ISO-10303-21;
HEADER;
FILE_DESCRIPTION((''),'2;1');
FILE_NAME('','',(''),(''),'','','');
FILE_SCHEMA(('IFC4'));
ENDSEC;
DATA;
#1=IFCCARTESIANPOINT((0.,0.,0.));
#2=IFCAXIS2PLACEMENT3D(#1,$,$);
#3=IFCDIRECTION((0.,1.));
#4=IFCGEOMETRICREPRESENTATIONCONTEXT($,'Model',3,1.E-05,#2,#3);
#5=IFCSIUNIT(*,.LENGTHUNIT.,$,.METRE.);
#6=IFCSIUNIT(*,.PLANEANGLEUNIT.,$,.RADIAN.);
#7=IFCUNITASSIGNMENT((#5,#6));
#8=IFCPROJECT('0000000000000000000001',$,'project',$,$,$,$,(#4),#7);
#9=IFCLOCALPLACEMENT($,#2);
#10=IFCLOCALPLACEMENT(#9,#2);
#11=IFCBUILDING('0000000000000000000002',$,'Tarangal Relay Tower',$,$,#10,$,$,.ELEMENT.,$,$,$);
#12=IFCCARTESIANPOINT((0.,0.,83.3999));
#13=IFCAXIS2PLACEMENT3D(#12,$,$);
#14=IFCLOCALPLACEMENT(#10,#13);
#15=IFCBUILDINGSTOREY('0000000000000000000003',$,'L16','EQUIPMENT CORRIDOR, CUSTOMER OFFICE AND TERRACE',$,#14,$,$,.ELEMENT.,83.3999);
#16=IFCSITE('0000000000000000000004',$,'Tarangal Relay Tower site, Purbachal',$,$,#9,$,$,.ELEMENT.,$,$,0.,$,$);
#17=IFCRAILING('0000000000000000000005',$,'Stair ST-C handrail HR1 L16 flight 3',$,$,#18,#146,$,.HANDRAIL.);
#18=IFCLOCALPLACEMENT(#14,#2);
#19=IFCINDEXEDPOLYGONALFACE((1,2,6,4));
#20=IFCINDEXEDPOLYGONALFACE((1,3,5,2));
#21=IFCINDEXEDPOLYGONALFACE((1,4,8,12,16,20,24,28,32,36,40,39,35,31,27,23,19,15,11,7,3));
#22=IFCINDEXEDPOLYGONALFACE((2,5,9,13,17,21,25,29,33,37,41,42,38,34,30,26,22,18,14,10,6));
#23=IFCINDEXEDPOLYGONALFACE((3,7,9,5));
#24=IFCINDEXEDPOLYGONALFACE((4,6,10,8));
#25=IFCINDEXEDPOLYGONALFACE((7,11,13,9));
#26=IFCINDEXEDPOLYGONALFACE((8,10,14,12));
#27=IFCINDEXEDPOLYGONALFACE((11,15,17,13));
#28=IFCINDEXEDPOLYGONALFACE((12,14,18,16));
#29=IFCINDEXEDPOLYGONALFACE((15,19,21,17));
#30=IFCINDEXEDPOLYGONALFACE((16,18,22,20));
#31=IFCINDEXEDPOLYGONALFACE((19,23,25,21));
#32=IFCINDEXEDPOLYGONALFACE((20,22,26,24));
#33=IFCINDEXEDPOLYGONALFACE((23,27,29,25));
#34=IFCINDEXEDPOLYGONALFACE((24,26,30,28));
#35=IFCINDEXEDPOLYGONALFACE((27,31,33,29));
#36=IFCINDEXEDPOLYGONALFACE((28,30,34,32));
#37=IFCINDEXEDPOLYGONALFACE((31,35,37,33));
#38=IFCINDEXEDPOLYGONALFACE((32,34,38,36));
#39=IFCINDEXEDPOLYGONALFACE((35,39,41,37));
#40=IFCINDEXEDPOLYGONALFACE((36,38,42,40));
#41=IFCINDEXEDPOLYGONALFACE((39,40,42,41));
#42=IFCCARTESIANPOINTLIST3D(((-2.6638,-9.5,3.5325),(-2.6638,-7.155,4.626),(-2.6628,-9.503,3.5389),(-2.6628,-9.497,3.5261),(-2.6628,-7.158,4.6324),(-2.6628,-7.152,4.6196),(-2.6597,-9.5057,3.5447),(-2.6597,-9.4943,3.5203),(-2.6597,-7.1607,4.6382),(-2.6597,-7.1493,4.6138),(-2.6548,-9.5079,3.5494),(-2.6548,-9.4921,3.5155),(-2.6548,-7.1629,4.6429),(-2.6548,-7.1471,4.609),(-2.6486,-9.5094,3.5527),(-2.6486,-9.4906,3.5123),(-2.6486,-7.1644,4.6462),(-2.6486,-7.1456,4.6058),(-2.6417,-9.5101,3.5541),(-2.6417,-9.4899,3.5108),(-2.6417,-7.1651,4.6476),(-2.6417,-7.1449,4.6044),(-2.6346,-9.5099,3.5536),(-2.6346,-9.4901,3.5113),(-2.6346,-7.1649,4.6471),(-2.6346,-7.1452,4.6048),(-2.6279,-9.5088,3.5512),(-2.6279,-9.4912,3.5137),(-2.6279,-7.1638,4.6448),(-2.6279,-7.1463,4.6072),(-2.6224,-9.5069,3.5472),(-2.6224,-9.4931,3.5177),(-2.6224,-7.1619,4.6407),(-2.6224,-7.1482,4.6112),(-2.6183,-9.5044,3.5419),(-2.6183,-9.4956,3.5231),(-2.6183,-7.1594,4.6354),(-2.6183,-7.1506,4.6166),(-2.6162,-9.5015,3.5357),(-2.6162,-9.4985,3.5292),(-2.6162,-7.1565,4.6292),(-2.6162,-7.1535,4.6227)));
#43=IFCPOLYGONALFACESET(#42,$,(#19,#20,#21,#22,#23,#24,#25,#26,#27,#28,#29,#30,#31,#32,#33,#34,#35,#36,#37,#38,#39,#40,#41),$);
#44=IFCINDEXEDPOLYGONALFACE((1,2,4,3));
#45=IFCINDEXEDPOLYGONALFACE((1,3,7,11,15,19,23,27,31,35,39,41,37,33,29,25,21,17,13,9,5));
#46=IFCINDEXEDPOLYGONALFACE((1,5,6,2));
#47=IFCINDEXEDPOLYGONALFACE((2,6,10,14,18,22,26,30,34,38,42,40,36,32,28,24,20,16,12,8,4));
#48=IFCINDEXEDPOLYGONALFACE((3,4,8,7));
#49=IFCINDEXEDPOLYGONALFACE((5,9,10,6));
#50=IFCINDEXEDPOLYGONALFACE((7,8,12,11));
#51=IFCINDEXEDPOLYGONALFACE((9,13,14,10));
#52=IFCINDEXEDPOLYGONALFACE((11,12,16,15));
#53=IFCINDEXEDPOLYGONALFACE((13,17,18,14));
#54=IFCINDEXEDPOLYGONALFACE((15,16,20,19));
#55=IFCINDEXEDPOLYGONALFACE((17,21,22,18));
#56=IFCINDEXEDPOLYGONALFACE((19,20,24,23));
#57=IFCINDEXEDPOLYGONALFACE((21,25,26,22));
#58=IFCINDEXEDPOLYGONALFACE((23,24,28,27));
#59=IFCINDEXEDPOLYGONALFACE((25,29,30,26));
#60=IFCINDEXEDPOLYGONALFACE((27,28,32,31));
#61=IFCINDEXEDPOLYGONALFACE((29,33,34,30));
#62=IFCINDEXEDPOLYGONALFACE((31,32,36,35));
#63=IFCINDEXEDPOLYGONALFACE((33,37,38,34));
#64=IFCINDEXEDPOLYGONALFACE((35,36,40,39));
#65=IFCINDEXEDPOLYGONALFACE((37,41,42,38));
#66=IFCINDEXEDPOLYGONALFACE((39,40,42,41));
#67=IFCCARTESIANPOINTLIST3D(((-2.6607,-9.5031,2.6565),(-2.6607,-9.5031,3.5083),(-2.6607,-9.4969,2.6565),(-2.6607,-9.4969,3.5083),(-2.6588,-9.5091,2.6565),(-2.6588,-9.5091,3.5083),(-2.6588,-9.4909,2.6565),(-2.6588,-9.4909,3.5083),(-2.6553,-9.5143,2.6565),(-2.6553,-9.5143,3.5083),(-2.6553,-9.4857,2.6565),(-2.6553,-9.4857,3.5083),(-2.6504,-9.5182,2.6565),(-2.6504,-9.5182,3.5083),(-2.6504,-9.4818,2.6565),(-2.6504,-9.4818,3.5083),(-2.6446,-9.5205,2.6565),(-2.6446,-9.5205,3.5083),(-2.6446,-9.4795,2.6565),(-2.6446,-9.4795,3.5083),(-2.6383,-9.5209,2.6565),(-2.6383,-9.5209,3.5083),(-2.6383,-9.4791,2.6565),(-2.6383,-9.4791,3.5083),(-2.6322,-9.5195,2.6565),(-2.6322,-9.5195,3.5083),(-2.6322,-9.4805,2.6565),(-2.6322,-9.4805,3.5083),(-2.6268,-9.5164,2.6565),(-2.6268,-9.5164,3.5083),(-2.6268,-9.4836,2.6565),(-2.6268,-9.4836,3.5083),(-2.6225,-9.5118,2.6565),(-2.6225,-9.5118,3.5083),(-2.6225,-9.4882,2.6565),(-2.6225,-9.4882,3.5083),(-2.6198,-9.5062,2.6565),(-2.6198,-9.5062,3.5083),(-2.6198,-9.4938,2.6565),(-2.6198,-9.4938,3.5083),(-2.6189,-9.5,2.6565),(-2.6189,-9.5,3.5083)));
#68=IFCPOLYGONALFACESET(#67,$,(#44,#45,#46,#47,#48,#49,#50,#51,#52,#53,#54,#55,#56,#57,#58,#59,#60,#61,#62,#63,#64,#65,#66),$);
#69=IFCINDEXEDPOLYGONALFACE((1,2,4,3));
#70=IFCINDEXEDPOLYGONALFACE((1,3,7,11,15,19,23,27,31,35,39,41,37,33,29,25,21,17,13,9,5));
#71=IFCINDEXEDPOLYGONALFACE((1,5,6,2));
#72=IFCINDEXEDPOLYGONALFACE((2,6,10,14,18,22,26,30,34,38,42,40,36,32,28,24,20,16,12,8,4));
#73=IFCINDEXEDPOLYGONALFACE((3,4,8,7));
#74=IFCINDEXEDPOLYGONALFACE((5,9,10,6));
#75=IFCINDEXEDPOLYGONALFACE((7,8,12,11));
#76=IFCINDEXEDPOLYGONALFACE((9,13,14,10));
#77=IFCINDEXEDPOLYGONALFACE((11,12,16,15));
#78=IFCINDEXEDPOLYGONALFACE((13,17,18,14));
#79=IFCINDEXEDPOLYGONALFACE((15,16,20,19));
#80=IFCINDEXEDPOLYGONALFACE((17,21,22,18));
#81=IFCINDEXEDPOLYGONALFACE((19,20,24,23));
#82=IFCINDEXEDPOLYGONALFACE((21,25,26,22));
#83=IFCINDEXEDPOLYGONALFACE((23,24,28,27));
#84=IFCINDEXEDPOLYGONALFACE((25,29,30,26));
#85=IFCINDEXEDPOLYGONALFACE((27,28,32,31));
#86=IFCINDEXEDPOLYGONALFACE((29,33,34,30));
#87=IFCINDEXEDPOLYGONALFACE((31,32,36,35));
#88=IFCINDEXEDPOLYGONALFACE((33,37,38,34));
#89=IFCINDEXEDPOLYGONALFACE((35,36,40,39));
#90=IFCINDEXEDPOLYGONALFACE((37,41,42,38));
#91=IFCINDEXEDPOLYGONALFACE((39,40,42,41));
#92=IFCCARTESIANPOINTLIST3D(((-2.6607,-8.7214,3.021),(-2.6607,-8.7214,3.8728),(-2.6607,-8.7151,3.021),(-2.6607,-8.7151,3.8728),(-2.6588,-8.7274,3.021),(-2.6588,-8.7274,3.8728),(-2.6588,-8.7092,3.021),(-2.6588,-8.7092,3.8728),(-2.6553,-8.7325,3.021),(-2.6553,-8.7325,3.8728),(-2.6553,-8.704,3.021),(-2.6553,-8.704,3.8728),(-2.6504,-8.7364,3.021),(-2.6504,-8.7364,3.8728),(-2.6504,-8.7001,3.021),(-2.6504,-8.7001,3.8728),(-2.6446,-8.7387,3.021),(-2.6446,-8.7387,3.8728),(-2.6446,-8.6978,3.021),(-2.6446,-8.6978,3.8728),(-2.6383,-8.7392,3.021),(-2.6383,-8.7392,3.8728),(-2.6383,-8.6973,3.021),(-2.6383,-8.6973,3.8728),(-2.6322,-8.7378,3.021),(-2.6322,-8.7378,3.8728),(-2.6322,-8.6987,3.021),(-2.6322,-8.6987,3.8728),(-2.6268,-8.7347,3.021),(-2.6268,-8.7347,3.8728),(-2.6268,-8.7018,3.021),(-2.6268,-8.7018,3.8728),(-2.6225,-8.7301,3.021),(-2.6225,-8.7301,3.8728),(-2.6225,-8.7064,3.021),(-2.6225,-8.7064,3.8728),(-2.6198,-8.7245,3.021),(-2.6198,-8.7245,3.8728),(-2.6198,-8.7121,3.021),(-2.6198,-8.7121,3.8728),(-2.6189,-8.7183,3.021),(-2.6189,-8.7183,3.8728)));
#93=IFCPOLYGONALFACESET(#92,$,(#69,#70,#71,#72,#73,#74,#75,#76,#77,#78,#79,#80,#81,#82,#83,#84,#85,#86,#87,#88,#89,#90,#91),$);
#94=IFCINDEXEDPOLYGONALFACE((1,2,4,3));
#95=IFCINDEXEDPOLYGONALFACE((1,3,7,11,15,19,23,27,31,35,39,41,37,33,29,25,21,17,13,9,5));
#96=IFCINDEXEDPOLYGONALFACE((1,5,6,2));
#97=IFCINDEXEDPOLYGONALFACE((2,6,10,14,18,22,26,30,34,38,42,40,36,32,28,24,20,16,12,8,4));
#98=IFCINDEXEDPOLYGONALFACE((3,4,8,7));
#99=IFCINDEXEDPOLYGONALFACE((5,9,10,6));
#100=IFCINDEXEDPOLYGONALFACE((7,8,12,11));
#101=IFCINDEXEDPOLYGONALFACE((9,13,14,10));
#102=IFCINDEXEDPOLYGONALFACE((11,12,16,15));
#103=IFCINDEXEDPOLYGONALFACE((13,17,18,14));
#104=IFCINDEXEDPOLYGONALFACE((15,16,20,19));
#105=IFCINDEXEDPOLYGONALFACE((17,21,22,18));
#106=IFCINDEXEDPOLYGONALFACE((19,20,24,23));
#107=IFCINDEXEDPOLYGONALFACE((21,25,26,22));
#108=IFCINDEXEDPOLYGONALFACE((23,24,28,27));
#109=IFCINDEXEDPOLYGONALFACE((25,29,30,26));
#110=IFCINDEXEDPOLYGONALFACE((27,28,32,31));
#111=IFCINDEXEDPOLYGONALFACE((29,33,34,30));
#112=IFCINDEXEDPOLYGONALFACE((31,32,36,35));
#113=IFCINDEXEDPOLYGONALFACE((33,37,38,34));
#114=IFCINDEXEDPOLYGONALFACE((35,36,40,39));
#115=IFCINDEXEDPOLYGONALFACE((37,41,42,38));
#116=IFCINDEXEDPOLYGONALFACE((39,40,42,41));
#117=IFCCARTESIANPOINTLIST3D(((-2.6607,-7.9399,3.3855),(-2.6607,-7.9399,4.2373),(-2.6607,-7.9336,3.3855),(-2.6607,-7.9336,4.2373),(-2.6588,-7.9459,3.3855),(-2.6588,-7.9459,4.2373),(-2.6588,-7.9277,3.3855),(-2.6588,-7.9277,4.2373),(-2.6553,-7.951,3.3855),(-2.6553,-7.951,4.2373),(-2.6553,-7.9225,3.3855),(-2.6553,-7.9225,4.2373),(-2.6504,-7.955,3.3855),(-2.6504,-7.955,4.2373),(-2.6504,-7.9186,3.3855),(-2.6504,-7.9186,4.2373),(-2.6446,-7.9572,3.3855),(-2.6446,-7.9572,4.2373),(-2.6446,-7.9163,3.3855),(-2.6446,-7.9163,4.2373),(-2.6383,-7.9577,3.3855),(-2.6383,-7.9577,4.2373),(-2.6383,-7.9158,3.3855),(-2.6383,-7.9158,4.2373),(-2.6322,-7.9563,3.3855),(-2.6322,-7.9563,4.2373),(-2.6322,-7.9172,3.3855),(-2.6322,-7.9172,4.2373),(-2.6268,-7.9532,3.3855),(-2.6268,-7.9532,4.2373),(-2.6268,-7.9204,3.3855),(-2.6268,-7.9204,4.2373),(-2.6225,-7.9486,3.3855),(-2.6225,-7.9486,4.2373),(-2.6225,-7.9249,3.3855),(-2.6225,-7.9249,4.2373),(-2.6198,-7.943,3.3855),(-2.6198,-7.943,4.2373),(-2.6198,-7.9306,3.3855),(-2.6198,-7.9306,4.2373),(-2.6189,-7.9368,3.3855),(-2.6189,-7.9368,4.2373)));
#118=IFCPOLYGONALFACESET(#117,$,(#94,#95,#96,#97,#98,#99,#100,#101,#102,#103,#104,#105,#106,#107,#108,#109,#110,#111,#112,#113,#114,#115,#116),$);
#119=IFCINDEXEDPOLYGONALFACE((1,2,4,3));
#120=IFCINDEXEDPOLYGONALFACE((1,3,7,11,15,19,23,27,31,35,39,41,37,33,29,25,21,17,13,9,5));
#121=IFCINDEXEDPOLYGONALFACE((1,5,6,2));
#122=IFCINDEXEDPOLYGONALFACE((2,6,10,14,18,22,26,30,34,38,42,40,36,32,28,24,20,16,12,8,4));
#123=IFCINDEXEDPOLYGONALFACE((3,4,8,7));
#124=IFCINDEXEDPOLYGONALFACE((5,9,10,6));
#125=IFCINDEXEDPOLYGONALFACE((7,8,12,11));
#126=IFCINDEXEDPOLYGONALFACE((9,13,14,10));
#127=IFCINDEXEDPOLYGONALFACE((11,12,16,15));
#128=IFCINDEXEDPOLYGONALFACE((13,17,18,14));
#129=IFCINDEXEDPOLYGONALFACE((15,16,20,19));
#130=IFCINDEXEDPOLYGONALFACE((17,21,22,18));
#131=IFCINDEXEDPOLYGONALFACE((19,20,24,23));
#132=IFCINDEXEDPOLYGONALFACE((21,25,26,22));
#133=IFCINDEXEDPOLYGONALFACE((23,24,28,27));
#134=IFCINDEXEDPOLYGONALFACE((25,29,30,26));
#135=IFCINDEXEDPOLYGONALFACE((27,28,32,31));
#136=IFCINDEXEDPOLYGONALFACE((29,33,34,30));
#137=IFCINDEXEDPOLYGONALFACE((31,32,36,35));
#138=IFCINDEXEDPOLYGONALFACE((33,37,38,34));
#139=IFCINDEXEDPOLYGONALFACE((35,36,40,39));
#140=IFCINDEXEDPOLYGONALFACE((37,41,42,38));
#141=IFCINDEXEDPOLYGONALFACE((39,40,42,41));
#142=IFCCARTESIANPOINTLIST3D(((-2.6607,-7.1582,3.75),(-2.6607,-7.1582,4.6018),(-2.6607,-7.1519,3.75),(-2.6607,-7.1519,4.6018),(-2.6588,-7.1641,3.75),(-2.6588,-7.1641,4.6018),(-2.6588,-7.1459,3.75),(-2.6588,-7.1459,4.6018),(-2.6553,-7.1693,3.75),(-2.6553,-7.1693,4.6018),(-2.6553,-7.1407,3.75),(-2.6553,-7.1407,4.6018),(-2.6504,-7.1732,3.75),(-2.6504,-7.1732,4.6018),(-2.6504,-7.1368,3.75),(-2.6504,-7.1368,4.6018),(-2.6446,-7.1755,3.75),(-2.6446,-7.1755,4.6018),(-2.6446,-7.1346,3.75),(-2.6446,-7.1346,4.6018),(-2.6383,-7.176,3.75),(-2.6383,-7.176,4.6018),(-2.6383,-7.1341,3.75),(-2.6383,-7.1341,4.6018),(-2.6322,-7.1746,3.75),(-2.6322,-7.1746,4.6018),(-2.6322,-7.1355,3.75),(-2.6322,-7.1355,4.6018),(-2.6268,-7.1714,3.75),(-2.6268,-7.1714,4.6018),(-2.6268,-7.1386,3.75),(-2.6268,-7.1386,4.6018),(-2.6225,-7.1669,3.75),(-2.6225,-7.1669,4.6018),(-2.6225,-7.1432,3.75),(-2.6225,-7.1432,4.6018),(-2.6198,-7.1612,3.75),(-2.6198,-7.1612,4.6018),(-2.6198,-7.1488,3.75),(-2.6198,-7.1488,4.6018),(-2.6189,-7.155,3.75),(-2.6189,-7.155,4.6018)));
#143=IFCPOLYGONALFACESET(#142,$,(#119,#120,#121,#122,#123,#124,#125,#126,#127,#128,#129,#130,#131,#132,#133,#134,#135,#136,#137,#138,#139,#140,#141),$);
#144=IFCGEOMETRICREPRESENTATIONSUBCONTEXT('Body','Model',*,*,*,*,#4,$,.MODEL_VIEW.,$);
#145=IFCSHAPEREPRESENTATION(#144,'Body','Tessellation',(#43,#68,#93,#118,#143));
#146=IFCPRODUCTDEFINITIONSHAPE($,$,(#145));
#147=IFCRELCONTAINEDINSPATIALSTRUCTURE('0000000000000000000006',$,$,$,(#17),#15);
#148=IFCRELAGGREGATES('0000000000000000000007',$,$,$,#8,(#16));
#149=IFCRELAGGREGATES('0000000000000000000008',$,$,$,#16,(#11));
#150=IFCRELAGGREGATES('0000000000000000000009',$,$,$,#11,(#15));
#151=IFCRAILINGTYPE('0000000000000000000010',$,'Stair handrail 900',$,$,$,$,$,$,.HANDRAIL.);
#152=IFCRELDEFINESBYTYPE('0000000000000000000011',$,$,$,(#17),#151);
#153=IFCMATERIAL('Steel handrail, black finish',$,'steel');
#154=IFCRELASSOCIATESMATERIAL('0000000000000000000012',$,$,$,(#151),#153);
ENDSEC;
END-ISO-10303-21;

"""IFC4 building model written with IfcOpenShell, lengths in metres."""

from ifc_helpers import new_model, si_unit, direction, frame, origin, origin_2d, place, context, subcontext, project, spatial, circle, extrude, material, type_object, element, save


model = new_model("IFC4")

# Units and contexts
model_context = context("Model", 3, precision=1e-05, world=origin(), true_north=direction((0.0, 1.0)))
body_context = subcontext(model_context, "Body", "Model", "MODEL_VIEW")
ifc_project = project(units=[si_unit("LENGTHUNIT", "METRE"), si_unit("PLANEANGLEUNIT", "RADIAN")], contexts=[model_context])

# Site, building, storey
site_placement = place(None, origin())
site = spatial("IfcSite", under=ifc_project, at=site_placement, Name="Tarangal Relay Tower site, Purbachal", CompositionType="ELEMENT", RefElevation=0.0)
building_placement = place(site_placement, origin())
building = spatial("IfcBuilding", under=site, at=building_placement, Name="Tarangal Relay Tower", CompositionType="ELEMENT")
storey_placement = place(building_placement, frame((0.0, 0.0, 83.3999)))
storey = spatial("IfcBuildingStorey", under=building, at=storey_placement, Name="L16", Description="EQUIPMENT CORRIDOR, CUSTOMER OFFICE AND TERRACE", CompositionType="ELEMENT", Elevation=83.3999)

# Railing
ifc_material_1 = material(Name="Steel handrail, black finish", Category="steel")
railing_type_1 = type_object("IfcRailingType", Name="Stair handrail 900", PredefinedType="HANDRAIL", material=ifc_material_1)
for number, where, name in (
    (1, (-2.6399, -9.5, 2.6565), "Stair ST-C handrail HR1 L16 flight 3"),
):
    element("IfcRailing", number, at=place(storey_placement, frame(where)), inside=storey, type_object=railing_type_1, Name=name, PredefinedType="HANDRAIL", context=body_context, shape_type="SweptSolid", body=[
        extrude(circle(Radius=0.0239, at=origin_2d()), frame((0.0, 0.0, 0.876), z_axis=(0.0, 0.906304, 0.422627), x_axis=(-1.0, 0.0, 0.0)), (0.0, 0.0, 1.0), 2.5874),
        extrude(circle(Radius=0.021, at=origin_2d()), origin(), (0.0, 0.0, 1.0), 0.8518),
        extrude(circle(Radius=0.021, at=origin_2d()), frame((0.0, 0.7817, 0.3645)), (0.0, 0.0, 1.0), 0.8518),
        extrude(circle(Radius=0.021, at=origin_2d()), frame((0.0, 1.5632, 0.729)), (0.0, 0.0, 1.0), 0.8518),
        extrude(circle(Radius=0.021, at=origin_2d()), frame((0.0, 2.345, 1.0935)), (0.0, 0.0, 1.0), 0.8518),
    ])

save(model, "model.ifc")
